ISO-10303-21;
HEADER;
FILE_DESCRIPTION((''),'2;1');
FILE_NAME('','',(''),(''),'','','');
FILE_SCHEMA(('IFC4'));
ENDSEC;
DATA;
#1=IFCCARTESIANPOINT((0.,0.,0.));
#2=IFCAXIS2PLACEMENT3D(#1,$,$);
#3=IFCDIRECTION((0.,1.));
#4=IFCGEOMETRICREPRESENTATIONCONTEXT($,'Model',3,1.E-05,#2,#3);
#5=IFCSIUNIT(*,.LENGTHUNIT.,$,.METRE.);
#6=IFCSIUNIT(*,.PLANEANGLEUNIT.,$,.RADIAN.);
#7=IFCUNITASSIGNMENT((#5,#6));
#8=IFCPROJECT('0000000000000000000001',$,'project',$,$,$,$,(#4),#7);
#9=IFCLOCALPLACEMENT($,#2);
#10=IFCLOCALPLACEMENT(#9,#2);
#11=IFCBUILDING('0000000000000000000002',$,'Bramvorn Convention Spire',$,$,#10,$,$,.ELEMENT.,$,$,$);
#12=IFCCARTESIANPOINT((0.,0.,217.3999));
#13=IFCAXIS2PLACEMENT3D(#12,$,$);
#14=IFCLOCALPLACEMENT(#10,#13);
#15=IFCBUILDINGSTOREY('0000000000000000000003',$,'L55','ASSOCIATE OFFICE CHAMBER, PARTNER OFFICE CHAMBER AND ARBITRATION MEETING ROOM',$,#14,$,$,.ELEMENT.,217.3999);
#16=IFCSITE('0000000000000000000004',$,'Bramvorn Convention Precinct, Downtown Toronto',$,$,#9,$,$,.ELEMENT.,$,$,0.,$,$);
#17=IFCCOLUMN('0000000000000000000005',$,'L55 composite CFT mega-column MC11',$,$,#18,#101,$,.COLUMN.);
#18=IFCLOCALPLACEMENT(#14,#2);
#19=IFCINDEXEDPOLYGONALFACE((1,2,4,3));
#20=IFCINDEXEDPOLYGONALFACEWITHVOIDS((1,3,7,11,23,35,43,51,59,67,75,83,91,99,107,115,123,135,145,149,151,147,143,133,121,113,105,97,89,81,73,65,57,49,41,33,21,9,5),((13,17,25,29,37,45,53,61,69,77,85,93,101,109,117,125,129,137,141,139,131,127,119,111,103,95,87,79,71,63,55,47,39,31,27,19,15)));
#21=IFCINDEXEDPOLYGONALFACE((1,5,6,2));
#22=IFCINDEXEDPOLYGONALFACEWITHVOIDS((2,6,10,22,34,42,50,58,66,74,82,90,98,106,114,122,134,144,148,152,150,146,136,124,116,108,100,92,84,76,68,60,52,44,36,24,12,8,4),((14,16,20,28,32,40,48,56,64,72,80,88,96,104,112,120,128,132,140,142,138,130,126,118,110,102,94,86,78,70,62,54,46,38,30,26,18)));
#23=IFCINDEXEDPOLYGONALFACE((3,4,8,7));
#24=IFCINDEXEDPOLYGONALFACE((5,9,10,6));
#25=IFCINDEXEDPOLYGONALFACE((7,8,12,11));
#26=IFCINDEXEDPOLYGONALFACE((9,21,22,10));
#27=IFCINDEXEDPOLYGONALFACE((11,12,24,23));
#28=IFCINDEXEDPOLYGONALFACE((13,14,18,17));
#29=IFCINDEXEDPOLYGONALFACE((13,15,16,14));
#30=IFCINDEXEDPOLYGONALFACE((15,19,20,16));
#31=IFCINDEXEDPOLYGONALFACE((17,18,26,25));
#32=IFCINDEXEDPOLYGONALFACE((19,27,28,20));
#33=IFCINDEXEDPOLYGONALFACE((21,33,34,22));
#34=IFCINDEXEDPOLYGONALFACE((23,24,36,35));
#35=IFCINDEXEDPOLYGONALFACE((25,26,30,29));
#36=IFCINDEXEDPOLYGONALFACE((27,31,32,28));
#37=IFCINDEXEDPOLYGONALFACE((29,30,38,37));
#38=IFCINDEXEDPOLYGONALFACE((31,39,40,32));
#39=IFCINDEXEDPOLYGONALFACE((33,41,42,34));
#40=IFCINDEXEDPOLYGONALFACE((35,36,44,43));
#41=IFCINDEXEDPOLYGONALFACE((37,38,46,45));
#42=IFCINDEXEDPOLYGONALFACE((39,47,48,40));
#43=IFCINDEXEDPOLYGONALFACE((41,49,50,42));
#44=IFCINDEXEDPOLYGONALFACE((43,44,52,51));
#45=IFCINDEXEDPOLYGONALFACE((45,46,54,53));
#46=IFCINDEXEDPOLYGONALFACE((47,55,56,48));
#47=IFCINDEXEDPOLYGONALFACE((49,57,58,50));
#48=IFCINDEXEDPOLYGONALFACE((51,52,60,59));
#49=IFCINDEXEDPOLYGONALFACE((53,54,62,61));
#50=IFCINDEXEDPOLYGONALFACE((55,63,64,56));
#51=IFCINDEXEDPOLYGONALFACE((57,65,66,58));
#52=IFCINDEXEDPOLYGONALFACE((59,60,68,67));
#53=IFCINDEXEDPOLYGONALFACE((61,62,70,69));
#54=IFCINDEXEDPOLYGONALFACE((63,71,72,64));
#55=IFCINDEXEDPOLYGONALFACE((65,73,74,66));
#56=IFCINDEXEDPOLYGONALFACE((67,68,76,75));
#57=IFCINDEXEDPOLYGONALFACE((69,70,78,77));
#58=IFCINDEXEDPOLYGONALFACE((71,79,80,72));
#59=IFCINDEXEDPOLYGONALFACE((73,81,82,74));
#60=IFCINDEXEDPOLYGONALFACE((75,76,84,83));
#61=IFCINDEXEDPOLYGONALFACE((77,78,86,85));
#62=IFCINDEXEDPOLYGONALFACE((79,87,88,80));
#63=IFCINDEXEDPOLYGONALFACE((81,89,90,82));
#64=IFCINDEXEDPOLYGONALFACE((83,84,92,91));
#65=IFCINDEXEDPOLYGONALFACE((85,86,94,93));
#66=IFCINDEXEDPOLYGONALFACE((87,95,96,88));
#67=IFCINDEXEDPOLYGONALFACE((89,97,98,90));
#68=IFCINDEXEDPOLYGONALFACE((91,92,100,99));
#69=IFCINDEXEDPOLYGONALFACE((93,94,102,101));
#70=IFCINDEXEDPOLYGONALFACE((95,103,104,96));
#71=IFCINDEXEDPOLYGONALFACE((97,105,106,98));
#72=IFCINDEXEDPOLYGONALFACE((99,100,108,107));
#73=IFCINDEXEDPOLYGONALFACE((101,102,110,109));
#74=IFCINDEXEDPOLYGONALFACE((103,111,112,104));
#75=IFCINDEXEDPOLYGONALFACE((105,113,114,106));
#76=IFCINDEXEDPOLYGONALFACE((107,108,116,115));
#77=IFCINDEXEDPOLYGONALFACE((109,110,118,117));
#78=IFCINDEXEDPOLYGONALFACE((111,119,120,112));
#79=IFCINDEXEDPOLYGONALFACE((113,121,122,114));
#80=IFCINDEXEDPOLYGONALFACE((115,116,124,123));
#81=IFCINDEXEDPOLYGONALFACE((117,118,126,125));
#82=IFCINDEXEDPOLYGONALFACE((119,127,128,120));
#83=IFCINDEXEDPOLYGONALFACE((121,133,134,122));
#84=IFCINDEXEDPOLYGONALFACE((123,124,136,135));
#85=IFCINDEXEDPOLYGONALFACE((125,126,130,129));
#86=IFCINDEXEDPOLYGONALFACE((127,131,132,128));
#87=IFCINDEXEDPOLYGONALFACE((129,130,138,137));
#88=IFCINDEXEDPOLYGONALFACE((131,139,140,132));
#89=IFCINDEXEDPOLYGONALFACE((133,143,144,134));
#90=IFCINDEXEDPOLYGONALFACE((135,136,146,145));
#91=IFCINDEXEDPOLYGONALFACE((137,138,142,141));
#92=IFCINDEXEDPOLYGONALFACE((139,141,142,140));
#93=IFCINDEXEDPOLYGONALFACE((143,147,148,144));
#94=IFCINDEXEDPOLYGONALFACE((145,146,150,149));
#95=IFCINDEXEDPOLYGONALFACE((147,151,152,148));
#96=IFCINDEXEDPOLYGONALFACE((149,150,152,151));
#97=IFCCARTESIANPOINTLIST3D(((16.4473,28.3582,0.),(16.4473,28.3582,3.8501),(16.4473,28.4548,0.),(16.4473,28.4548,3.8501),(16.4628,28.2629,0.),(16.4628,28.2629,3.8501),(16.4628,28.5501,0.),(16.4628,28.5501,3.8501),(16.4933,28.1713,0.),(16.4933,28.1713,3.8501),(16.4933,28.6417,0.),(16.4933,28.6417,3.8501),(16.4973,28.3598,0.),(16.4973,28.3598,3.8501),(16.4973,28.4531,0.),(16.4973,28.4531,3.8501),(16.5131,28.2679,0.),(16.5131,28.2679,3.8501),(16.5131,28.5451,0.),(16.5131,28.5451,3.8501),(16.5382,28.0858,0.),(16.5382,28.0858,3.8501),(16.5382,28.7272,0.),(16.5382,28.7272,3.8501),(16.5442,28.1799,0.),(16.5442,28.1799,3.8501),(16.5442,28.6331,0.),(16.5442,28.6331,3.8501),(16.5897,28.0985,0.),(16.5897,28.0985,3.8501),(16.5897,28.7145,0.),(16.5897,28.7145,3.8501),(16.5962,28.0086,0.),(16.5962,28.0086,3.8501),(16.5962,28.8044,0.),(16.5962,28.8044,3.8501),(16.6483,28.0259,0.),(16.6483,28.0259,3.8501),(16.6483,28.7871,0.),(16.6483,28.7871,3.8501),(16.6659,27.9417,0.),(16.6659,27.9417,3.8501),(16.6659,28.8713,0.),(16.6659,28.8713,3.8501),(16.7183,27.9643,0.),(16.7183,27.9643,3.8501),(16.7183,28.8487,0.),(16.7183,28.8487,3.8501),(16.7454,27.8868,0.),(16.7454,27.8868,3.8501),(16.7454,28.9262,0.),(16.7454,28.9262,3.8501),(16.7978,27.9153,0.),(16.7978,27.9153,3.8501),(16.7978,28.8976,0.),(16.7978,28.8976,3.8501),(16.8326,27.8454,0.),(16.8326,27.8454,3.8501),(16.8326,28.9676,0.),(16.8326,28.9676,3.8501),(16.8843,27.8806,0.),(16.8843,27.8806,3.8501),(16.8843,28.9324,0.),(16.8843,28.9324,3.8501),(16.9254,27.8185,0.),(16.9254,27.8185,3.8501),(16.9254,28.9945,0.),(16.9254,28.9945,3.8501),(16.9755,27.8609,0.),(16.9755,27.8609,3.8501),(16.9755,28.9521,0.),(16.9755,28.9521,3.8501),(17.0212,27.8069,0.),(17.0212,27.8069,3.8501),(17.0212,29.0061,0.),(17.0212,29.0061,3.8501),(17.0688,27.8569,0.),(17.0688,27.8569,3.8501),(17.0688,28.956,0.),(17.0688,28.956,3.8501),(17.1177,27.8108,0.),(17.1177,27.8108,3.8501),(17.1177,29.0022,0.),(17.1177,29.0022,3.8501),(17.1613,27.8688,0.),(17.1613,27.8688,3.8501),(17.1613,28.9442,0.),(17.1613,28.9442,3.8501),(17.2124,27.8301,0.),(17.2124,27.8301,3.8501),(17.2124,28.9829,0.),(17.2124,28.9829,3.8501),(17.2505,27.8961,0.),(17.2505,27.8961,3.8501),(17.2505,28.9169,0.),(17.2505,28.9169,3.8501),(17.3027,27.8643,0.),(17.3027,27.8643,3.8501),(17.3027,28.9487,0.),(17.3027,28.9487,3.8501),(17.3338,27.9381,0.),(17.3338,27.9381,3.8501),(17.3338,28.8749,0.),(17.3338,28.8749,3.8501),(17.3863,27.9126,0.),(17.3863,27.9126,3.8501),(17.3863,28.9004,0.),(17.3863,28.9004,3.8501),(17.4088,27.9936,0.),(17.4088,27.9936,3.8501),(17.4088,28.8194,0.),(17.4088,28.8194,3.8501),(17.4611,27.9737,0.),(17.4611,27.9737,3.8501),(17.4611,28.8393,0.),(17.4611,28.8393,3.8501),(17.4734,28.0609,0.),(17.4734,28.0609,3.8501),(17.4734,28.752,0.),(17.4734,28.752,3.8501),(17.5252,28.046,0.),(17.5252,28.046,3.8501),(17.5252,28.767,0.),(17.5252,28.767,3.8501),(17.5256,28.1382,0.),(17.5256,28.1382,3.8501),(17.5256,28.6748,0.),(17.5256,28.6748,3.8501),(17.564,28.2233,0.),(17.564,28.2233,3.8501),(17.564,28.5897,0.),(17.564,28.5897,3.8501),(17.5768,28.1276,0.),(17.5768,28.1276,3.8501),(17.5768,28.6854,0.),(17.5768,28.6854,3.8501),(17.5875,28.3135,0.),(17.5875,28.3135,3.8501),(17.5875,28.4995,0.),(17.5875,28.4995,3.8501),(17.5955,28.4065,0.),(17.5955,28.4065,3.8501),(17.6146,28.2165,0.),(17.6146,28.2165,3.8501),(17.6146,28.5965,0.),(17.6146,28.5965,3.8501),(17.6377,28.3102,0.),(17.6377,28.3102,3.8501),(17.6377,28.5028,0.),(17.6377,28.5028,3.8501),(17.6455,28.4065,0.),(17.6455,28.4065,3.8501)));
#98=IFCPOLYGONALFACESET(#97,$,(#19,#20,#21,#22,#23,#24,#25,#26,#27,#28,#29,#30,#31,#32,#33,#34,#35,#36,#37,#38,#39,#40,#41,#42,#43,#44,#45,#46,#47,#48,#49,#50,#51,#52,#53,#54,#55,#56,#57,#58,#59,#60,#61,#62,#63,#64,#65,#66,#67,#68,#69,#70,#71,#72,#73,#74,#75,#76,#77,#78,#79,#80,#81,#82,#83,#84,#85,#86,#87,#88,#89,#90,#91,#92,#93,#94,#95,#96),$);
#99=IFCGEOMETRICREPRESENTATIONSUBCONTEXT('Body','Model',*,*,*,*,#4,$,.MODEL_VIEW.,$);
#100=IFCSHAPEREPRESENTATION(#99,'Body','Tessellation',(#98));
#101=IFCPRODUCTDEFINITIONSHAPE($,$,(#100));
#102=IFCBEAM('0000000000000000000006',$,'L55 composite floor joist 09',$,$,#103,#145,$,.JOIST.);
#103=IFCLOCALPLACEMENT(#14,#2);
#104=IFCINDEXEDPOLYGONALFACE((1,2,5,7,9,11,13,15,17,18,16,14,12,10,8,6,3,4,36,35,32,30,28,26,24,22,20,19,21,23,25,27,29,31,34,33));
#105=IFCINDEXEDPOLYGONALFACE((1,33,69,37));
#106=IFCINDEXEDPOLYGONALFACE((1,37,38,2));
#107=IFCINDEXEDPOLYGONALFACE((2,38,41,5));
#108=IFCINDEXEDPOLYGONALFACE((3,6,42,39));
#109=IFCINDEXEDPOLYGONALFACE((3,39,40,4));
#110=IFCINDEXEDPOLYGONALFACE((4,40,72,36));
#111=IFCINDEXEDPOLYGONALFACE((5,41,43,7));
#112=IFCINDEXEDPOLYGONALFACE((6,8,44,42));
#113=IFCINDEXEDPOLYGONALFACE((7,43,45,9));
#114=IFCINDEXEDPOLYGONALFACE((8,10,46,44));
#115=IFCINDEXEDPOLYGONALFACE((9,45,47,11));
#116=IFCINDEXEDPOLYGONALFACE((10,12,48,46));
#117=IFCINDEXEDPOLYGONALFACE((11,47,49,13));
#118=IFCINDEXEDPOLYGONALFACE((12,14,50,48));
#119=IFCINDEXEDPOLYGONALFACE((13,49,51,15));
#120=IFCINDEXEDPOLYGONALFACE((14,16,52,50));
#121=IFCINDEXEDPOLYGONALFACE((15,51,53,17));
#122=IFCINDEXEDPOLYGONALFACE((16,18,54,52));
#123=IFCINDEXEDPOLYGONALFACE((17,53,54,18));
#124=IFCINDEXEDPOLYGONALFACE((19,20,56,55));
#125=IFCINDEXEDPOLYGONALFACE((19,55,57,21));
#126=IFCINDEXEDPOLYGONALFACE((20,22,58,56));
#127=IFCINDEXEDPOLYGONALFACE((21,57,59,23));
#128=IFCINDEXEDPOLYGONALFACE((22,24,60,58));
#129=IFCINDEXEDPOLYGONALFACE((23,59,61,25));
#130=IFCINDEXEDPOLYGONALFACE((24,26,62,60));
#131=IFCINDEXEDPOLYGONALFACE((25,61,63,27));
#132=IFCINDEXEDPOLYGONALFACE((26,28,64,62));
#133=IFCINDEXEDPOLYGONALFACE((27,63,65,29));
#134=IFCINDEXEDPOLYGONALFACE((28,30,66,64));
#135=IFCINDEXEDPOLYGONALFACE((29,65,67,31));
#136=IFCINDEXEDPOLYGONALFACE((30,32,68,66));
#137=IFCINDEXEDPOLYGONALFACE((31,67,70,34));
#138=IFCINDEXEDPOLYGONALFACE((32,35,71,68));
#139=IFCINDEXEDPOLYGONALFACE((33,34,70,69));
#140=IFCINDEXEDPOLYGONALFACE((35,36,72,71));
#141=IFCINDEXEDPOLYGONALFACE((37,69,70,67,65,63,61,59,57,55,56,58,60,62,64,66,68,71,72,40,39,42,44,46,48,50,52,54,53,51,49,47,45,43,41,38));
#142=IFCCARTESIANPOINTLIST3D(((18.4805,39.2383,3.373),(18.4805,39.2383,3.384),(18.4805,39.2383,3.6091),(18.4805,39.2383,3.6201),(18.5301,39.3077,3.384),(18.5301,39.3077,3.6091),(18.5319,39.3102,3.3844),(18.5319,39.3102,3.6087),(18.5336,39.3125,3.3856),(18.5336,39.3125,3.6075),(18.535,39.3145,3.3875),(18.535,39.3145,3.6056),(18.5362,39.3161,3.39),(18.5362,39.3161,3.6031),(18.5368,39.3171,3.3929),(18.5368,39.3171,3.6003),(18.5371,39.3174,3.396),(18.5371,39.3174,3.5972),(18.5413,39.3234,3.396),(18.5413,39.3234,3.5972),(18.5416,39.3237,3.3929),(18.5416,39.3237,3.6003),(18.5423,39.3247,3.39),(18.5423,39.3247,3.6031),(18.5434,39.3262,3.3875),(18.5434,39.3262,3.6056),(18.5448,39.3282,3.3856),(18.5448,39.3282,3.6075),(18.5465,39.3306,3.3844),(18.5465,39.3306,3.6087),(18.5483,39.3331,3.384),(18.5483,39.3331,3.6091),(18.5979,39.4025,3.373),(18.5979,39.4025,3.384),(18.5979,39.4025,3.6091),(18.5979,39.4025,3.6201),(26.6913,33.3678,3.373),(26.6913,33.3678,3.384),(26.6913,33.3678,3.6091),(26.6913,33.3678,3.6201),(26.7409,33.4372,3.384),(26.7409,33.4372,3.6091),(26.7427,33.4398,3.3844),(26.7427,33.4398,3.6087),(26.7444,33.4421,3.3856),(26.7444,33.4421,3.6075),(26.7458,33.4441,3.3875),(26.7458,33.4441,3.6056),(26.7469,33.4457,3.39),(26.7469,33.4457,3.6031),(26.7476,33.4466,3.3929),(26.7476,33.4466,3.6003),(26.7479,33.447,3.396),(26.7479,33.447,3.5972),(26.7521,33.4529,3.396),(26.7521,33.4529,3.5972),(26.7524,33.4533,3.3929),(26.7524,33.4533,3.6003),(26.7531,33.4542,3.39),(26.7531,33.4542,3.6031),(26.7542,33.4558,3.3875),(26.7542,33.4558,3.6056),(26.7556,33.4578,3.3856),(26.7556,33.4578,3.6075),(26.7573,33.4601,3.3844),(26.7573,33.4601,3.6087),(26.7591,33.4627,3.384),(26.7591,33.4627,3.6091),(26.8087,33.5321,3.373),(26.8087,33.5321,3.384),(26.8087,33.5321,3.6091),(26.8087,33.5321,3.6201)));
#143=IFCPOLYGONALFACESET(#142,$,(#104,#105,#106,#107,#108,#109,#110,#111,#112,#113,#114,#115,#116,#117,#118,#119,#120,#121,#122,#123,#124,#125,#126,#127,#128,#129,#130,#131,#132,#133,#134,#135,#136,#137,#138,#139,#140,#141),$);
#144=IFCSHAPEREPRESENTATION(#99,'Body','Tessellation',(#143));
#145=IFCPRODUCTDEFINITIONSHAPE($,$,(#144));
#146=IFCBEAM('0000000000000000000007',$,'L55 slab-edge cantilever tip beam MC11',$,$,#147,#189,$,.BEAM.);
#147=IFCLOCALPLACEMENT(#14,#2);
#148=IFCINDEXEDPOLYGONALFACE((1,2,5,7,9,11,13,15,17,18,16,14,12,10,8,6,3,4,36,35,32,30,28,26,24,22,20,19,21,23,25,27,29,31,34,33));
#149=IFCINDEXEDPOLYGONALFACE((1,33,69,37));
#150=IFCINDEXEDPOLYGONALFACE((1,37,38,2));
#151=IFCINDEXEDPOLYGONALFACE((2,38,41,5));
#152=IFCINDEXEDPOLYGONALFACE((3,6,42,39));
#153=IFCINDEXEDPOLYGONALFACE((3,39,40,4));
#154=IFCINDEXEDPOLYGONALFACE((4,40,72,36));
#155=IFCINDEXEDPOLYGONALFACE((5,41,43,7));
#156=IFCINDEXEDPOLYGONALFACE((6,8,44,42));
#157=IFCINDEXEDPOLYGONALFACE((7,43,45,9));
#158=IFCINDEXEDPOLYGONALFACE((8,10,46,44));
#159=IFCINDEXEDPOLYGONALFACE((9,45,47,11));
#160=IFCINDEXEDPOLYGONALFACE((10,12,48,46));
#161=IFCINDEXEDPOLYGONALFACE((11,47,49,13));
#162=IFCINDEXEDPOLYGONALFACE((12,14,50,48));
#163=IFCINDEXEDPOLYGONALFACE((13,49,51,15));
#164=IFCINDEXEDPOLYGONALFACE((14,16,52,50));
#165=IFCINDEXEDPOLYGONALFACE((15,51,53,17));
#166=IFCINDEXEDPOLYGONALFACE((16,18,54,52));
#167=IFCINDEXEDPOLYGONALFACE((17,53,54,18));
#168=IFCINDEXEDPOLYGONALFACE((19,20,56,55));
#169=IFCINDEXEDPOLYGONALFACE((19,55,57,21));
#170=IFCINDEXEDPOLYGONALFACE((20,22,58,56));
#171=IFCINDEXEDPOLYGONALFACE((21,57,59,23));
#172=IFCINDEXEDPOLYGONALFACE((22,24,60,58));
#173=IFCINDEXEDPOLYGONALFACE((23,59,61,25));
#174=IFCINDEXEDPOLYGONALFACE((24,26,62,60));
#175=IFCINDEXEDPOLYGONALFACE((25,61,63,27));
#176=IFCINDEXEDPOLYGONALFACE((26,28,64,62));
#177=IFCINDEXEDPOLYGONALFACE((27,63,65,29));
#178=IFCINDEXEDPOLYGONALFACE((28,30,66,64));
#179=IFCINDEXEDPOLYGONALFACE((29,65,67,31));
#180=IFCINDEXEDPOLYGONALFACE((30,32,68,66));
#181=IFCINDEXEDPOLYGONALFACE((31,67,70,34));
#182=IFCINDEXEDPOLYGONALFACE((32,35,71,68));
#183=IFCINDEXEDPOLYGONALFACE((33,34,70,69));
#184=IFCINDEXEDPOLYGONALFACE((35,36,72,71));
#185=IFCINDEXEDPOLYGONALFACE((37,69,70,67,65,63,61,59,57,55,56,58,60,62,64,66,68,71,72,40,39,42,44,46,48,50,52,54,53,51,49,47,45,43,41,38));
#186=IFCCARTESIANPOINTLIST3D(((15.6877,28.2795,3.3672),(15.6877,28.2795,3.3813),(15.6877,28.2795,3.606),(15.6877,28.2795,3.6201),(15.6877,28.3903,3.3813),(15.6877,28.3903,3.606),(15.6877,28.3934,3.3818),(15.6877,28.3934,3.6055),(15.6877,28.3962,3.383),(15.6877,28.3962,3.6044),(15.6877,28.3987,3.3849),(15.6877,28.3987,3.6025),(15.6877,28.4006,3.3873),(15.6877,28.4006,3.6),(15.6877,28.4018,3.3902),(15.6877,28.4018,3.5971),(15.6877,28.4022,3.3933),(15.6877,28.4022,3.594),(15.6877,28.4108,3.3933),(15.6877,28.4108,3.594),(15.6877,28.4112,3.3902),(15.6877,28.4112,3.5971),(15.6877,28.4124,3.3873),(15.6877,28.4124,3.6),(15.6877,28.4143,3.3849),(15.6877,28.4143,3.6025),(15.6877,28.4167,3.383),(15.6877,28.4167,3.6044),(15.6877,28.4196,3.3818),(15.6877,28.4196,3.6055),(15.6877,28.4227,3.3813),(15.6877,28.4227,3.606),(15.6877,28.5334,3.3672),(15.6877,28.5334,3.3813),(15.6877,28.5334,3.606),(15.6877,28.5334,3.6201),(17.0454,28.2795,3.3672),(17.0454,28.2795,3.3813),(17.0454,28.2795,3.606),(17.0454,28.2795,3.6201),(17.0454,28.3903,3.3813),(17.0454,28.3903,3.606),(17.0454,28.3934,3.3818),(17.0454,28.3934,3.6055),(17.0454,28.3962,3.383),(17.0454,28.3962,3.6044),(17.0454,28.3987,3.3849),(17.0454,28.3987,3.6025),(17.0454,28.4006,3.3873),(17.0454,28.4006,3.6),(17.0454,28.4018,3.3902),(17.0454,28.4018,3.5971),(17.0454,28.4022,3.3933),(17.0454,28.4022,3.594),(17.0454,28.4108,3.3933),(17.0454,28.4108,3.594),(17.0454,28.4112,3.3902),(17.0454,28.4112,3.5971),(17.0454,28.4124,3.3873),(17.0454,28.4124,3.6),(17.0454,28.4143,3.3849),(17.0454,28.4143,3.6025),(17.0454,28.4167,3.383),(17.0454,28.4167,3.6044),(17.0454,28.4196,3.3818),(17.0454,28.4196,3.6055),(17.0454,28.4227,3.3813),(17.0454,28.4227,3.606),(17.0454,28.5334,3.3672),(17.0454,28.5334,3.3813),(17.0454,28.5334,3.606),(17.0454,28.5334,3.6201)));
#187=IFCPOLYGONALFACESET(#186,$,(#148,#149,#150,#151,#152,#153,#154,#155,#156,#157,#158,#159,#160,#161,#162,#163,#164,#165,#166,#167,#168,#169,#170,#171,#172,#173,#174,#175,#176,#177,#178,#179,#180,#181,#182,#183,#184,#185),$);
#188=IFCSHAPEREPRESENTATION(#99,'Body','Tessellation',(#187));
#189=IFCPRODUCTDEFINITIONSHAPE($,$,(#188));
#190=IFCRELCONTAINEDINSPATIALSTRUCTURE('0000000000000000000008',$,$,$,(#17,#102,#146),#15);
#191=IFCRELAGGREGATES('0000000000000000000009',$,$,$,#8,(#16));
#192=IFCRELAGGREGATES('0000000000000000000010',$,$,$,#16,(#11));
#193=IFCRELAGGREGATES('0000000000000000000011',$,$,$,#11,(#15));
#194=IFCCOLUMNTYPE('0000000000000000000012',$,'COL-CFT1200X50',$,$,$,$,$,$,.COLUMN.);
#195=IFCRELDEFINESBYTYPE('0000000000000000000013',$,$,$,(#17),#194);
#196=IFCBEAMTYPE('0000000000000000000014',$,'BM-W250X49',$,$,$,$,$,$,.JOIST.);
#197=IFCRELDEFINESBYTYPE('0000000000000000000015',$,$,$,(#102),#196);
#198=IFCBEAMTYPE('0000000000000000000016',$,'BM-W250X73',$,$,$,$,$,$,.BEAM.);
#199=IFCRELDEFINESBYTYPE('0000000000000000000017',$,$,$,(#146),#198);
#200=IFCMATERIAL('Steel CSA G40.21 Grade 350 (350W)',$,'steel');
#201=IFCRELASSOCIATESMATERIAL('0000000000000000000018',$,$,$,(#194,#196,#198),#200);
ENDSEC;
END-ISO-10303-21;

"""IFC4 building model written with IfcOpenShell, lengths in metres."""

from ifc_helpers import new_model, si_unit, direction, frame, origin, origin_2d, place, context, subcontext, project, spatial, hollow_circle, i_section, extrude, material, material_profile, profile_set, type_object, element, save


model = new_model("IFC4")

# Units and contexts
model_context = context("Model", 3, precision=1e-05, world=origin(), true_north=direction((0.0, 1.0)))
body_context = subcontext(model_context, "Body", "Model", "MODEL_VIEW")
ifc_project = project(units=[si_unit("LENGTHUNIT", "METRE"), si_unit("PLANEANGLEUNIT", "RADIAN")], contexts=[model_context])

# Site, building, storey
site_placement = place(None, origin())
site = spatial("IfcSite", under=ifc_project, at=site_placement, Name="Bramvorn Convention Precinct, Downtown Toronto", CompositionType="ELEMENT", RefElevation=0.0)
building_placement = place(site_placement, origin())
building = spatial("IfcBuilding", under=site, at=building_placement, Name="Bramvorn Convention Spire", CompositionType="ELEMENT")
storey_placement = place(building_placement, frame((0.0, 0.0, 217.3999)))
storey = spatial("IfcBuildingStorey", under=building, at=storey_placement, Name="L55", Description="ASSOCIATE OFFICE CHAMBER, PARTNER OFFICE CHAMBER AND ARBITRATION MEETING ROOM", CompositionType="ELEMENT", Elevation=217.3999)

# Column
ifc_material_1 = material(Name="Steel CSA G40.21 Grade 350 (350W)", Category="steel")
ifc_material_profile_1 = material_profile(ifc_material_1, hollow_circle(Radius=0.6001, WallThickness=0.05, at=origin_2d()))
ifc_profile_set_1 = profile_set([ifc_material_profile_1], Name="Steel CSA G40.21 Grade 350 (350W) - CFT1200X50")
column_type = type_object("IfcColumnType", Name="COL-CFT1200X50", PredefinedType="COLUMN", material=ifc_profile_set_1)
column_placement = place(storey_placement, frame((17.0454, 28.4065, 0.0), z_axis=(0.0, 0.0, 1.0), x_axis=(1.0, 0.0, 0.0)))
element("IfcColumn", 1, at=column_placement, inside=storey, type_object=column_type, Name="L55 composite CFT mega-column MC11", PredefinedType="COLUMN", context=body_context, shape_type="SweptSolid", body=[
    extrude(hollow_circle(Radius=0.6001, WallThickness=0.05, at=origin_2d()), origin(), (0.0, 0.0, 1.0), 3.8501),
])

# Beams
ifc_material_profile_2 = material_profile(ifc_material_1, i_section(OverallWidth=0.2019, OverallDepth=0.2471, WebThickness=0.0073, FlangeThickness=0.011, FilletRadius=0.012, at=origin_2d()))
ifc_profile_set_2 = profile_set([ifc_material_profile_2], Name="Steel CSA G40.21 Grade 350 (350W) - W250X49")
beam_type_1 = type_object("IfcBeamType", Name="BM-W250X49", PredefinedType="JOIST", material=ifc_profile_set_2)
beam_1_placement = place(storey_placement, frame((26.75, 33.45, 3.4966), z_axis=(-0.813472, 0.581604, 0.0), x_axis=(-0.581604, -0.813472, 0.0)))
element("IfcBeam", 2, at=beam_1_placement, inside=storey, type_object=beam_type_1, Name="L55 composite floor joist 09", PredefinedType="JOIST", context=body_context, shape_type="SweptSolid", body=[
    extrude(i_section(OverallWidth=0.2019, OverallDepth=0.2471, WebThickness=0.0073, FlangeThickness=0.011, FilletRadius=0.012, at=origin_2d()), origin(), (0.0, 0.0, 1.0), 10.0935),
])
ifc_material_profile_3 = material_profile(ifc_material_1, i_section(OverallWidth=0.2539, OverallDepth=0.2529, WebThickness=0.0085, FlangeThickness=0.0142, FilletRadius=0.012, at=origin_2d()))
ifc_profile_set_3 = profile_set([ifc_material_profile_3], Name="Steel CSA G40.21 Grade 350 (350W) - W250X73")
beam_type_2 = type_object("IfcBeamType", Name="BM-W250X73", PredefinedType="BEAM", material=ifc_profile_set_3)
beam_2_placement = place(storey_placement, frame((17.0454, 28.4065, 3.4937), z_axis=(-1.0, 0.0, 0.0), x_axis=(0.0, -1.0, 0.0)))
element("IfcBeam", 3, at=beam_2_placement, inside=storey, type_object=beam_type_2, Name="L55 slab-edge cantilever tip beam MC11", PredefinedType="BEAM", context=body_context, shape_type="SweptSolid", body=[
    extrude(i_section(OverallWidth=0.2539, OverallDepth=0.2529, WebThickness=0.0085, FlangeThickness=0.0142, FilletRadius=0.012, at=origin_2d()), origin(), (0.0, 0.0, 1.0), 1.3577),
])

save(model, "model.ifc")
